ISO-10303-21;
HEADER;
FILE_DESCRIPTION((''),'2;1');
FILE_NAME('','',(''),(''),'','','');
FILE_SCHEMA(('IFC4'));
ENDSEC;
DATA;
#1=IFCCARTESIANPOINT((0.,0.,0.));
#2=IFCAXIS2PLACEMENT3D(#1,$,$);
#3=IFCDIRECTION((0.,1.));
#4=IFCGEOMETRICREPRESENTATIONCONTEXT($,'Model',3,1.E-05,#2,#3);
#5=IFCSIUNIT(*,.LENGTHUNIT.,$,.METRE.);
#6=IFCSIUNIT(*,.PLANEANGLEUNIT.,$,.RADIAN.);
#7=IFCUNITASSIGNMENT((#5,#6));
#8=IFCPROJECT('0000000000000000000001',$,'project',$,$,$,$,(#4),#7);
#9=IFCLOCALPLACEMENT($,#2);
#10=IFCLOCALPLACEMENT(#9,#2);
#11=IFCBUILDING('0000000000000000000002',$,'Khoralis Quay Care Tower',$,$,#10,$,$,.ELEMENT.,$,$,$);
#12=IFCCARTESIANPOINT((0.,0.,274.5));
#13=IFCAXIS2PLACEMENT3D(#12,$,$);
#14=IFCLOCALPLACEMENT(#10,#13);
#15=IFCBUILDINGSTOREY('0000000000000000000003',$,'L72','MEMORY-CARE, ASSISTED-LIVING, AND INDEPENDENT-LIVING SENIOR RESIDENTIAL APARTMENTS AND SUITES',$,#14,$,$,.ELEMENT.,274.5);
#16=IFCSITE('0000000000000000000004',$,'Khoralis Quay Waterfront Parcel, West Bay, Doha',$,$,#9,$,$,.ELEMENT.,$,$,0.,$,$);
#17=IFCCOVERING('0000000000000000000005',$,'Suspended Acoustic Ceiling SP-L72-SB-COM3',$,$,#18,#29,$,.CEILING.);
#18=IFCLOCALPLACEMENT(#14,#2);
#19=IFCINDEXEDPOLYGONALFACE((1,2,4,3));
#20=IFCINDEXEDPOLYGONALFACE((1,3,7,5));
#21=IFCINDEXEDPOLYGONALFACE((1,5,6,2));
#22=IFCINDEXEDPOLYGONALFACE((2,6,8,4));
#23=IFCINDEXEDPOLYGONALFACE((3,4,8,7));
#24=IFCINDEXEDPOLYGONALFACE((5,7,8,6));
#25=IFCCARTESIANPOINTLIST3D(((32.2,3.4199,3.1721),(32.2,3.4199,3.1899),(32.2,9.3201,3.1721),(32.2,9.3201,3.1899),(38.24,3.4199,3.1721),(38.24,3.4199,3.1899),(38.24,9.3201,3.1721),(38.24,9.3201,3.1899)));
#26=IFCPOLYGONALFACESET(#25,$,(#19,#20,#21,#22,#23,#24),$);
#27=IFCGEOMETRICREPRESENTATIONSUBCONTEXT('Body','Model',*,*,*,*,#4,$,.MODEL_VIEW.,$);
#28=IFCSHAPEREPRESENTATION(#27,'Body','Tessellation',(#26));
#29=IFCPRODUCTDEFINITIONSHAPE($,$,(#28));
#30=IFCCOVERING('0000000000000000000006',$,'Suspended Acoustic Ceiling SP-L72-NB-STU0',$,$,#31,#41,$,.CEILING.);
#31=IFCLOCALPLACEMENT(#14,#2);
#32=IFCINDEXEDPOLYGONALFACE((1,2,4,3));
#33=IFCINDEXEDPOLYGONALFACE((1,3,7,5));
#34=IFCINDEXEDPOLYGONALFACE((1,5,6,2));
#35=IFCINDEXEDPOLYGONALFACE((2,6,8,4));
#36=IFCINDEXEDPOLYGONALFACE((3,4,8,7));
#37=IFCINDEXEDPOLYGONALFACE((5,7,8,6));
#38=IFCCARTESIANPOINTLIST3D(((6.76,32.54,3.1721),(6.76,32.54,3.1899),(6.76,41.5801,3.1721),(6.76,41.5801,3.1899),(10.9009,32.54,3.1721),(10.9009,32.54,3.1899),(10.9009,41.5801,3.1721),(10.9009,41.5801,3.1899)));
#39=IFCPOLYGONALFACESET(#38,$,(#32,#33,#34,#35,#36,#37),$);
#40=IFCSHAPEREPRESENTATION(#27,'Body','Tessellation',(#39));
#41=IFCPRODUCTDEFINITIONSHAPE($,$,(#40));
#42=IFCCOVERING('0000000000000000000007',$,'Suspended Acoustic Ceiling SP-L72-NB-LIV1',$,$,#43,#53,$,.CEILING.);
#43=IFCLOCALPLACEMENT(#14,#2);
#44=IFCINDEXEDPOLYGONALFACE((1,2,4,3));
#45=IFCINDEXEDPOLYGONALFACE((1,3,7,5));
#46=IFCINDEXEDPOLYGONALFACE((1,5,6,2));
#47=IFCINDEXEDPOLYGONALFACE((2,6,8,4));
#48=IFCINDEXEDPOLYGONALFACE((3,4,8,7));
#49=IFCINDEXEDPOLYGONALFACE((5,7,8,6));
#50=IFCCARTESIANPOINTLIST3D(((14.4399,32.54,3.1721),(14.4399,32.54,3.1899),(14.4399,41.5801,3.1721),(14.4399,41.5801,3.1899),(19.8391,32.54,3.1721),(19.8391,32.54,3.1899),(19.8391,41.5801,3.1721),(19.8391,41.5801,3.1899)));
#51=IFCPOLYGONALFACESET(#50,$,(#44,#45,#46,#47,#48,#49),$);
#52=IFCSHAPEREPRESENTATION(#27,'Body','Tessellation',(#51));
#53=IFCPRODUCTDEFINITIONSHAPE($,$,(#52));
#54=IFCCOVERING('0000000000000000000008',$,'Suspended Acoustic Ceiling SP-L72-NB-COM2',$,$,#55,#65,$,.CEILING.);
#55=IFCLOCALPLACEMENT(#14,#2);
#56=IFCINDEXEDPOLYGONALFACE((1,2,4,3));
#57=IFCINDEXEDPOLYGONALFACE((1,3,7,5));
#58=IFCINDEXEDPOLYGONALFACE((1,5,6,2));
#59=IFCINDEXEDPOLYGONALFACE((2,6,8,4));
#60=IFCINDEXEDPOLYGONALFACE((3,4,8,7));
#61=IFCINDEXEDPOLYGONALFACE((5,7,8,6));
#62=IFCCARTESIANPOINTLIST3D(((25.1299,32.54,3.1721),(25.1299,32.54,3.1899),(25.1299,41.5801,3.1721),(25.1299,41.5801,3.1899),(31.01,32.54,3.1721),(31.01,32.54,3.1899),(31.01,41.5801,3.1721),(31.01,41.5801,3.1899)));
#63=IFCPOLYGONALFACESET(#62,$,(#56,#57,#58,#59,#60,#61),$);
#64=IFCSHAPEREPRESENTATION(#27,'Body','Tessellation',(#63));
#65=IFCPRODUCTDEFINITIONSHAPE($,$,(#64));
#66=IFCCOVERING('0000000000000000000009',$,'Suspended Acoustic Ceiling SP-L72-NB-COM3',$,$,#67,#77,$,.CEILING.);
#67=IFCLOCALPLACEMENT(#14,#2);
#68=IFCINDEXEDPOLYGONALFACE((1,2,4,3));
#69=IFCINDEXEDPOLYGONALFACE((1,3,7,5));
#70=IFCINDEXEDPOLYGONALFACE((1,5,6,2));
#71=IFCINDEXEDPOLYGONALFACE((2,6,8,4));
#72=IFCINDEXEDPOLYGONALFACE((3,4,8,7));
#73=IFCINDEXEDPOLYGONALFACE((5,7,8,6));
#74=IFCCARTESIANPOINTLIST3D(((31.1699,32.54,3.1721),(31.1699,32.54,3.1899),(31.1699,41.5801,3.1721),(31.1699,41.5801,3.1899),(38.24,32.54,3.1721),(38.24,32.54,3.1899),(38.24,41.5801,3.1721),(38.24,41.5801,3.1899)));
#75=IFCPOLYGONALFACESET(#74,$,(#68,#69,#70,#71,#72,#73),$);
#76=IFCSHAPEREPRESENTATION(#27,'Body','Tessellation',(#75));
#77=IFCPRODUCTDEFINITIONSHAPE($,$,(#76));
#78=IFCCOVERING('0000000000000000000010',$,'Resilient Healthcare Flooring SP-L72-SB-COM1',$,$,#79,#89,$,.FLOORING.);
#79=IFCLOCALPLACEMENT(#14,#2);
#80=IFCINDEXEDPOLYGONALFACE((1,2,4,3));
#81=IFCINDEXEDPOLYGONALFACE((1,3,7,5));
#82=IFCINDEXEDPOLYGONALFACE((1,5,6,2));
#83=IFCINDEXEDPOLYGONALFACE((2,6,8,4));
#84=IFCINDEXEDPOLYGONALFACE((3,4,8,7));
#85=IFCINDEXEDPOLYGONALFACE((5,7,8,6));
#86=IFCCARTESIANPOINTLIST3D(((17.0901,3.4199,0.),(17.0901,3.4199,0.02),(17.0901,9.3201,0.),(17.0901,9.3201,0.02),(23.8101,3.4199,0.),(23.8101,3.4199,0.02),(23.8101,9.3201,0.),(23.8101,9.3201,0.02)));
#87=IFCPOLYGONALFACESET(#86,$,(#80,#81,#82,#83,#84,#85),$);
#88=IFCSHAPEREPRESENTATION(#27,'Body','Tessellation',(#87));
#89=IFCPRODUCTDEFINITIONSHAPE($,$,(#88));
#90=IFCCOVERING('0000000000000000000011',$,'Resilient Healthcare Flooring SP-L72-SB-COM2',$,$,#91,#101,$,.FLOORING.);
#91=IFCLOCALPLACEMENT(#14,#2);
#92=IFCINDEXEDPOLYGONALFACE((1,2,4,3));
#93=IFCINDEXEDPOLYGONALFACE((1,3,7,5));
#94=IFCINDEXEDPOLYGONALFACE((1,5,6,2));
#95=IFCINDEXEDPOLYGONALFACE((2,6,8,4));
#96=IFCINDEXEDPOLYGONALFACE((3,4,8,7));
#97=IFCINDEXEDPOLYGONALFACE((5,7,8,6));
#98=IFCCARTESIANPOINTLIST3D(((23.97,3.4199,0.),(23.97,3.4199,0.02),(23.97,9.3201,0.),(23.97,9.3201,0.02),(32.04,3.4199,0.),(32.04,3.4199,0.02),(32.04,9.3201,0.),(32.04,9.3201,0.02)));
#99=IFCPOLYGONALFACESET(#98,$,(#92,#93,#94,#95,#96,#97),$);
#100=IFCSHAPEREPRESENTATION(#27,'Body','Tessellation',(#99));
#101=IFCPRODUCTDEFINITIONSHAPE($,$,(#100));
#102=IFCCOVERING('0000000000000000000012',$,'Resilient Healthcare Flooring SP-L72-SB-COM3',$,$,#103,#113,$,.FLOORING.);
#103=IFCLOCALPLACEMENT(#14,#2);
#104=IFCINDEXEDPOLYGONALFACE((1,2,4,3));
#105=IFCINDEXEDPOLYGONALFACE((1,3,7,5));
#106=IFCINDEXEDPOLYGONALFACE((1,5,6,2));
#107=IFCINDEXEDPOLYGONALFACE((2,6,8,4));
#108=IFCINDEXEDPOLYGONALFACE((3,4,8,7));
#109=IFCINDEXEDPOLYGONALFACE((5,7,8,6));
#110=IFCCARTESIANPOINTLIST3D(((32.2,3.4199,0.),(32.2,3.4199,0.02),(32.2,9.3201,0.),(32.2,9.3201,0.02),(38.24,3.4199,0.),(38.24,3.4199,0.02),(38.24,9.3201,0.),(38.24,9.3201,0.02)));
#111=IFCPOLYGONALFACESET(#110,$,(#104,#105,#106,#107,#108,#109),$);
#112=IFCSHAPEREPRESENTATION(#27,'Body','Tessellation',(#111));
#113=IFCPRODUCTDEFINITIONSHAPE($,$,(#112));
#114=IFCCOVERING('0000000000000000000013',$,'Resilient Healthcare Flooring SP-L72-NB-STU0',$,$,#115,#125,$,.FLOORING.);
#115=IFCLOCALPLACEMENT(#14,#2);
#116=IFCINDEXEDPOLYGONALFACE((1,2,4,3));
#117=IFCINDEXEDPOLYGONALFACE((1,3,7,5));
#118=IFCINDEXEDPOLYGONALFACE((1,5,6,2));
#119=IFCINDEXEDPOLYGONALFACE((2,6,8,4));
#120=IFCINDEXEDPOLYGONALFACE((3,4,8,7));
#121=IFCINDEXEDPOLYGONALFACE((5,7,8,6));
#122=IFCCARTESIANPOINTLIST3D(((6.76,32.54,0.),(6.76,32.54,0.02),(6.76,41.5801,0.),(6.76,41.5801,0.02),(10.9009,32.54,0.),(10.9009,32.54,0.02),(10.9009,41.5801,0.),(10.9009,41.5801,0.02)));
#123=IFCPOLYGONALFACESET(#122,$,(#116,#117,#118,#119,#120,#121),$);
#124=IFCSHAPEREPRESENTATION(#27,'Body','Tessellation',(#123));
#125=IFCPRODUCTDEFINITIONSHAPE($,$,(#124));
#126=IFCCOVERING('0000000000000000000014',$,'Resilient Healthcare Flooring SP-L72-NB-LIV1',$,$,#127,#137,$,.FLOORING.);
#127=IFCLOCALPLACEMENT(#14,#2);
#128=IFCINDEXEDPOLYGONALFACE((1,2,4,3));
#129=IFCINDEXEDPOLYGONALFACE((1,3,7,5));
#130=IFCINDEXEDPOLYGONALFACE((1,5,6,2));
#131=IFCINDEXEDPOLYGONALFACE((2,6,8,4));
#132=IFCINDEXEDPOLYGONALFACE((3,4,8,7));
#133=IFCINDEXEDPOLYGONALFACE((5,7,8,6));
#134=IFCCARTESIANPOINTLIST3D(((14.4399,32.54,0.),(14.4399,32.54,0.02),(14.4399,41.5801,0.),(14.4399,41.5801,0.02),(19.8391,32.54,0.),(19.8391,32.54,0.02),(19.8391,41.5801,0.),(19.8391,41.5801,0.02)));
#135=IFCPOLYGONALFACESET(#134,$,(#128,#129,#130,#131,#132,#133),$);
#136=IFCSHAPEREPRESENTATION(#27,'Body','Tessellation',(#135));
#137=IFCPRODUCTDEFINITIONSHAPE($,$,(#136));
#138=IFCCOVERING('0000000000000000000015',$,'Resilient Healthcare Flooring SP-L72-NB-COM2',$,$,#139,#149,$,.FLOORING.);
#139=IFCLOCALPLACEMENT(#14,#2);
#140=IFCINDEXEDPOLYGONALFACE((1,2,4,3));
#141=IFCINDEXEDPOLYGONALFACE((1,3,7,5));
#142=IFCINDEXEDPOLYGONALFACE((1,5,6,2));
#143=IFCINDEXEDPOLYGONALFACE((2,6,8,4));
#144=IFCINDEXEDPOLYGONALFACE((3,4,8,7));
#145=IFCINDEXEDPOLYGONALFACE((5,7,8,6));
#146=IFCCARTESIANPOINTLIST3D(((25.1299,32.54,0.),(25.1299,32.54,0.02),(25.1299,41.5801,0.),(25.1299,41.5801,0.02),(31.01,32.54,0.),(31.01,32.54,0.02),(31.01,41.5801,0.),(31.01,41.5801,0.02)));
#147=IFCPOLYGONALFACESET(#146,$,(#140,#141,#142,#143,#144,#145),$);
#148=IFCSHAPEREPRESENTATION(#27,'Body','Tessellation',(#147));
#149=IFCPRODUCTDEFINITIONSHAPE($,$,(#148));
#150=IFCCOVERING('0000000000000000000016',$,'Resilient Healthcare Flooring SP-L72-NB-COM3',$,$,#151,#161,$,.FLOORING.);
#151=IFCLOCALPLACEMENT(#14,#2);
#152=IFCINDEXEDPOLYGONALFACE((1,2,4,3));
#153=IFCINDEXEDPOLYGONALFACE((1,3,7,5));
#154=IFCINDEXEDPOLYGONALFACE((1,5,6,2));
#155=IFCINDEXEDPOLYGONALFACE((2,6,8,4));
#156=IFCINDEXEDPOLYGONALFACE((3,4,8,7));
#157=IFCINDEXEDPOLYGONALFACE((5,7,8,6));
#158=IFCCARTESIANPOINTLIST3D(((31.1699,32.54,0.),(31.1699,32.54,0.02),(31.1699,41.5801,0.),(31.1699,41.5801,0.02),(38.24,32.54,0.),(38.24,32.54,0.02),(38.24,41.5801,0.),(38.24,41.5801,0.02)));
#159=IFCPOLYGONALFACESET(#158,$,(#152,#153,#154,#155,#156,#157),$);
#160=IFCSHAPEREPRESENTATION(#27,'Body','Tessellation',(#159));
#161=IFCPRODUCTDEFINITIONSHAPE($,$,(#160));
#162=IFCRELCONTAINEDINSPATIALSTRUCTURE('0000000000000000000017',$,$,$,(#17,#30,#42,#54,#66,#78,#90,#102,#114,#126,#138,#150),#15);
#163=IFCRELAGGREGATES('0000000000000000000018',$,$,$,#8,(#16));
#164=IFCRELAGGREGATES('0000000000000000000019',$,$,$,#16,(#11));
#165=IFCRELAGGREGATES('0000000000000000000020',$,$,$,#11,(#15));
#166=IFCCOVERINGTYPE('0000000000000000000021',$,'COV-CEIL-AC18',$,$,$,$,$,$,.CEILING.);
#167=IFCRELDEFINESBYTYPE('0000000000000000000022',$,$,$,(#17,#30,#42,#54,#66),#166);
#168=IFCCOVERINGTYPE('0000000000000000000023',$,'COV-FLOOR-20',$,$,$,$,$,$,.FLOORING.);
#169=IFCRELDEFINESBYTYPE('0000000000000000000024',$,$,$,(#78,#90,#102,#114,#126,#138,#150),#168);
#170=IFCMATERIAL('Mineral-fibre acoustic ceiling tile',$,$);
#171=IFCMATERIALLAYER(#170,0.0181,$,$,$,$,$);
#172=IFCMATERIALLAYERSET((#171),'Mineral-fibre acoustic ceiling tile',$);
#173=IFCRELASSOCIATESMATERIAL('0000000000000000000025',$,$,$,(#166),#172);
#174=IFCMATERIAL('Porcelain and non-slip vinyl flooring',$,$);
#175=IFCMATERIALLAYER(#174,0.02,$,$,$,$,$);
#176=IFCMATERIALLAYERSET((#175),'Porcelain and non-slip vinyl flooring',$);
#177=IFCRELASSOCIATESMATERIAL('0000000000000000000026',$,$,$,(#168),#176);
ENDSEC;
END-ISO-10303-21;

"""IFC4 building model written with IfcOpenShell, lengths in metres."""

from ifc_helpers import new_model, si_unit, direction, frame, origin, place, context, subcontext, project, spatial, polyline, outline, extrude, material, layer, layer_set, type_object, element, save


model = new_model("IFC4")

# Units and contexts
model_context = context("Model", 3, precision=1e-05, world=origin(), true_north=direction((0.0, 1.0)))
body_context = subcontext(model_context, "Body", "Model", "MODEL_VIEW")
ifc_project = project(units=[si_unit("LENGTHUNIT", "METRE"), si_unit("PLANEANGLEUNIT", "RADIAN")], contexts=[model_context])

# Site, building, storey
site_placement = place(None, origin())
site = spatial("IfcSite", under=ifc_project, at=site_placement, Name="Khoralis Quay Waterfront Parcel, West Bay, Doha", CompositionType="ELEMENT", RefElevation=0.0)
building_placement = place(site_placement, origin())
building = spatial("IfcBuilding", under=site, at=building_placement, Name="Khoralis Quay Care Tower", CompositionType="ELEMENT")
storey_placement = place(building_placement, frame((0.0, 0.0, 274.5)))
storey = spatial("IfcBuildingStorey", under=building, at=storey_placement, Name="L72", Description="MEMORY-CARE, ASSISTED-LIVING, AND INDEPENDENT-LIVING SENIOR RESIDENTIAL APARTMENTS AND SUITES", CompositionType="ELEMENT", Elevation=274.5)

# Coverings
ifc_material_1 = material(Name="Mineral-fibre acoustic ceiling tile")
ifc_layer_1 = layer(ifc_material_1, 0.0181)
ifc_layer_set_1 = layer_set([ifc_layer_1], Name="Mineral-fibre acoustic ceiling tile")
covering_type_1 = type_object("IfcCoveringType", Name="COV-CEIL-AC18", PredefinedType="CEILING", material=ifc_layer_set_1)
covering_1_placement = place(storey_placement, frame((0.0, 0.0, 3.1721)))
element("IfcCovering", 1, at=covering_1_placement, inside=storey, type_object=covering_type_1, Name="Suspended Acoustic Ceiling SP-L72-SB-COM3", PredefinedType="CEILING", context=body_context, shape_type="SweptSolid", body=[
    extrude(outline(polyline([(32.2, 3.4199), (38.24, 3.4199), (38.24, 9.3201), (32.2, 9.3201), (32.2, 3.4199)])), origin(), (0.0, 0.0, 1.0), 0.0178),
])
covering_2_placement = place(storey_placement, frame((0.0, 0.0, 3.1721)))
element("IfcCovering", 2, at=covering_2_placement, inside=storey, type_object=covering_type_1, Name="Suspended Acoustic Ceiling SP-L72-NB-STU0", PredefinedType="CEILING", context=body_context, shape_type="SweptSolid", body=[
    extrude(outline(polyline([(6.76, 32.54), (10.9009, 32.54), (10.9009, 41.5801), (6.76, 41.5801), (6.76, 32.54)])), origin(), (0.0, 0.0, 1.0), 0.0178),
])
covering_3_placement = place(storey_placement, frame((0.0, 0.0, 3.1721)))
element("IfcCovering", 3, at=covering_3_placement, inside=storey, type_object=covering_type_1, Name="Suspended Acoustic Ceiling SP-L72-NB-LIV1", PredefinedType="CEILING", context=body_context, shape_type="SweptSolid", body=[
    extrude(outline(polyline([(14.4399, 32.54), (19.8391, 32.54), (19.8391, 41.5801), (14.4399, 41.5801), (14.4399, 32.54)])), origin(), (0.0, 0.0, 1.0), 0.0178),
])
covering_4_placement = place(storey_placement, frame((0.0, 0.0, 3.1721)))
element("IfcCovering", 4, at=covering_4_placement, inside=storey, type_object=covering_type_1, Name="Suspended Acoustic Ceiling SP-L72-NB-COM2", PredefinedType="CEILING", context=body_context, shape_type="SweptSolid", body=[
    extrude(outline(polyline([(25.1299, 32.54), (31.01, 32.54), (31.01, 41.5801), (25.1299, 41.5801), (25.1299, 32.54)])), origin(), (0.0, 0.0, 1.0), 0.0178),
])
covering_5_placement = place(storey_placement, frame((0.0, 0.0, 3.1721)))
element("IfcCovering", 5, at=covering_5_placement, inside=storey, type_object=covering_type_1, Name="Suspended Acoustic Ceiling SP-L72-NB-COM3", PredefinedType="CEILING", context=body_context, shape_type="SweptSolid", body=[
    extrude(outline(polyline([(31.1699, 32.54), (38.24, 32.54), (38.24, 41.5801), (31.1699, 41.5801), (31.1699, 32.54)])), origin(), (0.0, 0.0, 1.0), 0.0178),
])
ifc_material_2 = material(Name="Porcelain and non-slip vinyl flooring")
ifc_layer_2 = layer(ifc_material_2, 0.02)
ifc_layer_set_2 = layer_set([ifc_layer_2], Name="Porcelain and non-slip vinyl flooring")
covering_type_2 = type_object("IfcCoveringType", Name="COV-FLOOR-20", PredefinedType="FLOORING", material=ifc_layer_set_2)
covering_6_placement = place(storey_placement, origin())
element("IfcCovering", 6, at=covering_6_placement, inside=storey, type_object=covering_type_2, Name="Resilient Healthcare Flooring SP-L72-SB-COM1", PredefinedType="FLOORING", context=body_context, shape_type="SweptSolid", body=[
    extrude(outline(polyline([(17.0901, 3.4199), (23.8101, 3.4199), (23.8101, 9.3201), (17.0901, 9.3201), (17.0901, 3.4199)])), origin(), (0.0, 0.0, 1.0), 0.02),
])
covering_7_placement = place(storey_placement, origin())
element("IfcCovering", 7, at=covering_7_placement, inside=storey, type_object=covering_type_2, Name="Resilient Healthcare Flooring SP-L72-SB-COM2", PredefinedType="FLOORING", context=body_context, shape_type="SweptSolid", body=[
    extrude(outline(polyline([(23.97, 3.4199), (32.04, 3.4199), (32.04, 9.3201), (23.97, 9.3201), (23.97, 3.4199)])), origin(), (0.0, 0.0, 1.0), 0.02),
])
covering_8_placement = place(storey_placement, origin())
element("IfcCovering", 8, at=covering_8_placement, inside=storey, type_object=covering_type_2, Name="Resilient Healthcare Flooring SP-L72-SB-COM3", PredefinedType="FLOORING", context=body_context, shape_type="SweptSolid", body=[
    extrude(outline(polyline([(32.2, 3.4199), (38.24, 3.4199), (38.24, 9.3201), (32.2, 9.3201), (32.2, 3.4199)])), origin(), (0.0, 0.0, 1.0), 0.02),
])
covering_9_placement = place(storey_placement, origin())
element("IfcCovering", 9, at=covering_9_placement, inside=storey, type_object=covering_type_2, Name="Resilient Healthcare Flooring SP-L72-NB-STU0", PredefinedType="FLOORING", context=body_context, shape_type="SweptSolid", body=[
    extrude(outline(polyline([(6.76, 32.54), (10.9009, 32.54), (10.9009, 41.5801), (6.76, 41.5801), (6.76, 32.54)])), origin(), (0.0, 0.0, 1.0), 0.02),
])
covering_10_placement = place(storey_placement, origin())
element("IfcCovering", 10, at=covering_10_placement, inside=storey, type_object=covering_type_2, Name="Resilient Healthcare Flooring SP-L72-NB-LIV1", PredefinedType="FLOORING", context=body_context, shape_type="SweptSolid", body=[
    extrude(outline(polyline([(14.4399, 32.54), (19.8391, 32.54), (19.8391, 41.5801), (14.4399, 41.5801), (14.4399, 32.54)])), origin(), (0.0, 0.0, 1.0), 0.02),
])
covering_11_placement = place(storey_placement, origin())
element("IfcCovering", 11, at=covering_11_placement, inside=storey, type_object=covering_type_2, Name="Resilient Healthcare Flooring SP-L72-NB-COM2", PredefinedType="FLOORING", context=body_context, shape_type="SweptSolid", body=[
    extrude(outline(polyline([(25.1299, 32.54), (31.01, 32.54), (31.01, 41.5801), (25.1299, 41.5801), (25.1299, 32.54)])), origin(), (0.0, 0.0, 1.0), 0.02),
])
covering_12_placement = place(storey_placement, origin())
element("IfcCovering", 12, at=covering_12_placement, inside=storey, type_object=covering_type_2, Name="Resilient Healthcare Flooring SP-L72-NB-COM3", PredefinedType="FLOORING", context=body_context, shape_type="SweptSolid", body=[
    extrude(outline(polyline([(31.1699, 32.54), (38.24, 32.54), (38.24, 41.5801), (31.1699, 41.5801), (31.1699, 32.54)])), origin(), (0.0, 0.0, 1.0), 0.02),
])

save(model, "model.ifc")
